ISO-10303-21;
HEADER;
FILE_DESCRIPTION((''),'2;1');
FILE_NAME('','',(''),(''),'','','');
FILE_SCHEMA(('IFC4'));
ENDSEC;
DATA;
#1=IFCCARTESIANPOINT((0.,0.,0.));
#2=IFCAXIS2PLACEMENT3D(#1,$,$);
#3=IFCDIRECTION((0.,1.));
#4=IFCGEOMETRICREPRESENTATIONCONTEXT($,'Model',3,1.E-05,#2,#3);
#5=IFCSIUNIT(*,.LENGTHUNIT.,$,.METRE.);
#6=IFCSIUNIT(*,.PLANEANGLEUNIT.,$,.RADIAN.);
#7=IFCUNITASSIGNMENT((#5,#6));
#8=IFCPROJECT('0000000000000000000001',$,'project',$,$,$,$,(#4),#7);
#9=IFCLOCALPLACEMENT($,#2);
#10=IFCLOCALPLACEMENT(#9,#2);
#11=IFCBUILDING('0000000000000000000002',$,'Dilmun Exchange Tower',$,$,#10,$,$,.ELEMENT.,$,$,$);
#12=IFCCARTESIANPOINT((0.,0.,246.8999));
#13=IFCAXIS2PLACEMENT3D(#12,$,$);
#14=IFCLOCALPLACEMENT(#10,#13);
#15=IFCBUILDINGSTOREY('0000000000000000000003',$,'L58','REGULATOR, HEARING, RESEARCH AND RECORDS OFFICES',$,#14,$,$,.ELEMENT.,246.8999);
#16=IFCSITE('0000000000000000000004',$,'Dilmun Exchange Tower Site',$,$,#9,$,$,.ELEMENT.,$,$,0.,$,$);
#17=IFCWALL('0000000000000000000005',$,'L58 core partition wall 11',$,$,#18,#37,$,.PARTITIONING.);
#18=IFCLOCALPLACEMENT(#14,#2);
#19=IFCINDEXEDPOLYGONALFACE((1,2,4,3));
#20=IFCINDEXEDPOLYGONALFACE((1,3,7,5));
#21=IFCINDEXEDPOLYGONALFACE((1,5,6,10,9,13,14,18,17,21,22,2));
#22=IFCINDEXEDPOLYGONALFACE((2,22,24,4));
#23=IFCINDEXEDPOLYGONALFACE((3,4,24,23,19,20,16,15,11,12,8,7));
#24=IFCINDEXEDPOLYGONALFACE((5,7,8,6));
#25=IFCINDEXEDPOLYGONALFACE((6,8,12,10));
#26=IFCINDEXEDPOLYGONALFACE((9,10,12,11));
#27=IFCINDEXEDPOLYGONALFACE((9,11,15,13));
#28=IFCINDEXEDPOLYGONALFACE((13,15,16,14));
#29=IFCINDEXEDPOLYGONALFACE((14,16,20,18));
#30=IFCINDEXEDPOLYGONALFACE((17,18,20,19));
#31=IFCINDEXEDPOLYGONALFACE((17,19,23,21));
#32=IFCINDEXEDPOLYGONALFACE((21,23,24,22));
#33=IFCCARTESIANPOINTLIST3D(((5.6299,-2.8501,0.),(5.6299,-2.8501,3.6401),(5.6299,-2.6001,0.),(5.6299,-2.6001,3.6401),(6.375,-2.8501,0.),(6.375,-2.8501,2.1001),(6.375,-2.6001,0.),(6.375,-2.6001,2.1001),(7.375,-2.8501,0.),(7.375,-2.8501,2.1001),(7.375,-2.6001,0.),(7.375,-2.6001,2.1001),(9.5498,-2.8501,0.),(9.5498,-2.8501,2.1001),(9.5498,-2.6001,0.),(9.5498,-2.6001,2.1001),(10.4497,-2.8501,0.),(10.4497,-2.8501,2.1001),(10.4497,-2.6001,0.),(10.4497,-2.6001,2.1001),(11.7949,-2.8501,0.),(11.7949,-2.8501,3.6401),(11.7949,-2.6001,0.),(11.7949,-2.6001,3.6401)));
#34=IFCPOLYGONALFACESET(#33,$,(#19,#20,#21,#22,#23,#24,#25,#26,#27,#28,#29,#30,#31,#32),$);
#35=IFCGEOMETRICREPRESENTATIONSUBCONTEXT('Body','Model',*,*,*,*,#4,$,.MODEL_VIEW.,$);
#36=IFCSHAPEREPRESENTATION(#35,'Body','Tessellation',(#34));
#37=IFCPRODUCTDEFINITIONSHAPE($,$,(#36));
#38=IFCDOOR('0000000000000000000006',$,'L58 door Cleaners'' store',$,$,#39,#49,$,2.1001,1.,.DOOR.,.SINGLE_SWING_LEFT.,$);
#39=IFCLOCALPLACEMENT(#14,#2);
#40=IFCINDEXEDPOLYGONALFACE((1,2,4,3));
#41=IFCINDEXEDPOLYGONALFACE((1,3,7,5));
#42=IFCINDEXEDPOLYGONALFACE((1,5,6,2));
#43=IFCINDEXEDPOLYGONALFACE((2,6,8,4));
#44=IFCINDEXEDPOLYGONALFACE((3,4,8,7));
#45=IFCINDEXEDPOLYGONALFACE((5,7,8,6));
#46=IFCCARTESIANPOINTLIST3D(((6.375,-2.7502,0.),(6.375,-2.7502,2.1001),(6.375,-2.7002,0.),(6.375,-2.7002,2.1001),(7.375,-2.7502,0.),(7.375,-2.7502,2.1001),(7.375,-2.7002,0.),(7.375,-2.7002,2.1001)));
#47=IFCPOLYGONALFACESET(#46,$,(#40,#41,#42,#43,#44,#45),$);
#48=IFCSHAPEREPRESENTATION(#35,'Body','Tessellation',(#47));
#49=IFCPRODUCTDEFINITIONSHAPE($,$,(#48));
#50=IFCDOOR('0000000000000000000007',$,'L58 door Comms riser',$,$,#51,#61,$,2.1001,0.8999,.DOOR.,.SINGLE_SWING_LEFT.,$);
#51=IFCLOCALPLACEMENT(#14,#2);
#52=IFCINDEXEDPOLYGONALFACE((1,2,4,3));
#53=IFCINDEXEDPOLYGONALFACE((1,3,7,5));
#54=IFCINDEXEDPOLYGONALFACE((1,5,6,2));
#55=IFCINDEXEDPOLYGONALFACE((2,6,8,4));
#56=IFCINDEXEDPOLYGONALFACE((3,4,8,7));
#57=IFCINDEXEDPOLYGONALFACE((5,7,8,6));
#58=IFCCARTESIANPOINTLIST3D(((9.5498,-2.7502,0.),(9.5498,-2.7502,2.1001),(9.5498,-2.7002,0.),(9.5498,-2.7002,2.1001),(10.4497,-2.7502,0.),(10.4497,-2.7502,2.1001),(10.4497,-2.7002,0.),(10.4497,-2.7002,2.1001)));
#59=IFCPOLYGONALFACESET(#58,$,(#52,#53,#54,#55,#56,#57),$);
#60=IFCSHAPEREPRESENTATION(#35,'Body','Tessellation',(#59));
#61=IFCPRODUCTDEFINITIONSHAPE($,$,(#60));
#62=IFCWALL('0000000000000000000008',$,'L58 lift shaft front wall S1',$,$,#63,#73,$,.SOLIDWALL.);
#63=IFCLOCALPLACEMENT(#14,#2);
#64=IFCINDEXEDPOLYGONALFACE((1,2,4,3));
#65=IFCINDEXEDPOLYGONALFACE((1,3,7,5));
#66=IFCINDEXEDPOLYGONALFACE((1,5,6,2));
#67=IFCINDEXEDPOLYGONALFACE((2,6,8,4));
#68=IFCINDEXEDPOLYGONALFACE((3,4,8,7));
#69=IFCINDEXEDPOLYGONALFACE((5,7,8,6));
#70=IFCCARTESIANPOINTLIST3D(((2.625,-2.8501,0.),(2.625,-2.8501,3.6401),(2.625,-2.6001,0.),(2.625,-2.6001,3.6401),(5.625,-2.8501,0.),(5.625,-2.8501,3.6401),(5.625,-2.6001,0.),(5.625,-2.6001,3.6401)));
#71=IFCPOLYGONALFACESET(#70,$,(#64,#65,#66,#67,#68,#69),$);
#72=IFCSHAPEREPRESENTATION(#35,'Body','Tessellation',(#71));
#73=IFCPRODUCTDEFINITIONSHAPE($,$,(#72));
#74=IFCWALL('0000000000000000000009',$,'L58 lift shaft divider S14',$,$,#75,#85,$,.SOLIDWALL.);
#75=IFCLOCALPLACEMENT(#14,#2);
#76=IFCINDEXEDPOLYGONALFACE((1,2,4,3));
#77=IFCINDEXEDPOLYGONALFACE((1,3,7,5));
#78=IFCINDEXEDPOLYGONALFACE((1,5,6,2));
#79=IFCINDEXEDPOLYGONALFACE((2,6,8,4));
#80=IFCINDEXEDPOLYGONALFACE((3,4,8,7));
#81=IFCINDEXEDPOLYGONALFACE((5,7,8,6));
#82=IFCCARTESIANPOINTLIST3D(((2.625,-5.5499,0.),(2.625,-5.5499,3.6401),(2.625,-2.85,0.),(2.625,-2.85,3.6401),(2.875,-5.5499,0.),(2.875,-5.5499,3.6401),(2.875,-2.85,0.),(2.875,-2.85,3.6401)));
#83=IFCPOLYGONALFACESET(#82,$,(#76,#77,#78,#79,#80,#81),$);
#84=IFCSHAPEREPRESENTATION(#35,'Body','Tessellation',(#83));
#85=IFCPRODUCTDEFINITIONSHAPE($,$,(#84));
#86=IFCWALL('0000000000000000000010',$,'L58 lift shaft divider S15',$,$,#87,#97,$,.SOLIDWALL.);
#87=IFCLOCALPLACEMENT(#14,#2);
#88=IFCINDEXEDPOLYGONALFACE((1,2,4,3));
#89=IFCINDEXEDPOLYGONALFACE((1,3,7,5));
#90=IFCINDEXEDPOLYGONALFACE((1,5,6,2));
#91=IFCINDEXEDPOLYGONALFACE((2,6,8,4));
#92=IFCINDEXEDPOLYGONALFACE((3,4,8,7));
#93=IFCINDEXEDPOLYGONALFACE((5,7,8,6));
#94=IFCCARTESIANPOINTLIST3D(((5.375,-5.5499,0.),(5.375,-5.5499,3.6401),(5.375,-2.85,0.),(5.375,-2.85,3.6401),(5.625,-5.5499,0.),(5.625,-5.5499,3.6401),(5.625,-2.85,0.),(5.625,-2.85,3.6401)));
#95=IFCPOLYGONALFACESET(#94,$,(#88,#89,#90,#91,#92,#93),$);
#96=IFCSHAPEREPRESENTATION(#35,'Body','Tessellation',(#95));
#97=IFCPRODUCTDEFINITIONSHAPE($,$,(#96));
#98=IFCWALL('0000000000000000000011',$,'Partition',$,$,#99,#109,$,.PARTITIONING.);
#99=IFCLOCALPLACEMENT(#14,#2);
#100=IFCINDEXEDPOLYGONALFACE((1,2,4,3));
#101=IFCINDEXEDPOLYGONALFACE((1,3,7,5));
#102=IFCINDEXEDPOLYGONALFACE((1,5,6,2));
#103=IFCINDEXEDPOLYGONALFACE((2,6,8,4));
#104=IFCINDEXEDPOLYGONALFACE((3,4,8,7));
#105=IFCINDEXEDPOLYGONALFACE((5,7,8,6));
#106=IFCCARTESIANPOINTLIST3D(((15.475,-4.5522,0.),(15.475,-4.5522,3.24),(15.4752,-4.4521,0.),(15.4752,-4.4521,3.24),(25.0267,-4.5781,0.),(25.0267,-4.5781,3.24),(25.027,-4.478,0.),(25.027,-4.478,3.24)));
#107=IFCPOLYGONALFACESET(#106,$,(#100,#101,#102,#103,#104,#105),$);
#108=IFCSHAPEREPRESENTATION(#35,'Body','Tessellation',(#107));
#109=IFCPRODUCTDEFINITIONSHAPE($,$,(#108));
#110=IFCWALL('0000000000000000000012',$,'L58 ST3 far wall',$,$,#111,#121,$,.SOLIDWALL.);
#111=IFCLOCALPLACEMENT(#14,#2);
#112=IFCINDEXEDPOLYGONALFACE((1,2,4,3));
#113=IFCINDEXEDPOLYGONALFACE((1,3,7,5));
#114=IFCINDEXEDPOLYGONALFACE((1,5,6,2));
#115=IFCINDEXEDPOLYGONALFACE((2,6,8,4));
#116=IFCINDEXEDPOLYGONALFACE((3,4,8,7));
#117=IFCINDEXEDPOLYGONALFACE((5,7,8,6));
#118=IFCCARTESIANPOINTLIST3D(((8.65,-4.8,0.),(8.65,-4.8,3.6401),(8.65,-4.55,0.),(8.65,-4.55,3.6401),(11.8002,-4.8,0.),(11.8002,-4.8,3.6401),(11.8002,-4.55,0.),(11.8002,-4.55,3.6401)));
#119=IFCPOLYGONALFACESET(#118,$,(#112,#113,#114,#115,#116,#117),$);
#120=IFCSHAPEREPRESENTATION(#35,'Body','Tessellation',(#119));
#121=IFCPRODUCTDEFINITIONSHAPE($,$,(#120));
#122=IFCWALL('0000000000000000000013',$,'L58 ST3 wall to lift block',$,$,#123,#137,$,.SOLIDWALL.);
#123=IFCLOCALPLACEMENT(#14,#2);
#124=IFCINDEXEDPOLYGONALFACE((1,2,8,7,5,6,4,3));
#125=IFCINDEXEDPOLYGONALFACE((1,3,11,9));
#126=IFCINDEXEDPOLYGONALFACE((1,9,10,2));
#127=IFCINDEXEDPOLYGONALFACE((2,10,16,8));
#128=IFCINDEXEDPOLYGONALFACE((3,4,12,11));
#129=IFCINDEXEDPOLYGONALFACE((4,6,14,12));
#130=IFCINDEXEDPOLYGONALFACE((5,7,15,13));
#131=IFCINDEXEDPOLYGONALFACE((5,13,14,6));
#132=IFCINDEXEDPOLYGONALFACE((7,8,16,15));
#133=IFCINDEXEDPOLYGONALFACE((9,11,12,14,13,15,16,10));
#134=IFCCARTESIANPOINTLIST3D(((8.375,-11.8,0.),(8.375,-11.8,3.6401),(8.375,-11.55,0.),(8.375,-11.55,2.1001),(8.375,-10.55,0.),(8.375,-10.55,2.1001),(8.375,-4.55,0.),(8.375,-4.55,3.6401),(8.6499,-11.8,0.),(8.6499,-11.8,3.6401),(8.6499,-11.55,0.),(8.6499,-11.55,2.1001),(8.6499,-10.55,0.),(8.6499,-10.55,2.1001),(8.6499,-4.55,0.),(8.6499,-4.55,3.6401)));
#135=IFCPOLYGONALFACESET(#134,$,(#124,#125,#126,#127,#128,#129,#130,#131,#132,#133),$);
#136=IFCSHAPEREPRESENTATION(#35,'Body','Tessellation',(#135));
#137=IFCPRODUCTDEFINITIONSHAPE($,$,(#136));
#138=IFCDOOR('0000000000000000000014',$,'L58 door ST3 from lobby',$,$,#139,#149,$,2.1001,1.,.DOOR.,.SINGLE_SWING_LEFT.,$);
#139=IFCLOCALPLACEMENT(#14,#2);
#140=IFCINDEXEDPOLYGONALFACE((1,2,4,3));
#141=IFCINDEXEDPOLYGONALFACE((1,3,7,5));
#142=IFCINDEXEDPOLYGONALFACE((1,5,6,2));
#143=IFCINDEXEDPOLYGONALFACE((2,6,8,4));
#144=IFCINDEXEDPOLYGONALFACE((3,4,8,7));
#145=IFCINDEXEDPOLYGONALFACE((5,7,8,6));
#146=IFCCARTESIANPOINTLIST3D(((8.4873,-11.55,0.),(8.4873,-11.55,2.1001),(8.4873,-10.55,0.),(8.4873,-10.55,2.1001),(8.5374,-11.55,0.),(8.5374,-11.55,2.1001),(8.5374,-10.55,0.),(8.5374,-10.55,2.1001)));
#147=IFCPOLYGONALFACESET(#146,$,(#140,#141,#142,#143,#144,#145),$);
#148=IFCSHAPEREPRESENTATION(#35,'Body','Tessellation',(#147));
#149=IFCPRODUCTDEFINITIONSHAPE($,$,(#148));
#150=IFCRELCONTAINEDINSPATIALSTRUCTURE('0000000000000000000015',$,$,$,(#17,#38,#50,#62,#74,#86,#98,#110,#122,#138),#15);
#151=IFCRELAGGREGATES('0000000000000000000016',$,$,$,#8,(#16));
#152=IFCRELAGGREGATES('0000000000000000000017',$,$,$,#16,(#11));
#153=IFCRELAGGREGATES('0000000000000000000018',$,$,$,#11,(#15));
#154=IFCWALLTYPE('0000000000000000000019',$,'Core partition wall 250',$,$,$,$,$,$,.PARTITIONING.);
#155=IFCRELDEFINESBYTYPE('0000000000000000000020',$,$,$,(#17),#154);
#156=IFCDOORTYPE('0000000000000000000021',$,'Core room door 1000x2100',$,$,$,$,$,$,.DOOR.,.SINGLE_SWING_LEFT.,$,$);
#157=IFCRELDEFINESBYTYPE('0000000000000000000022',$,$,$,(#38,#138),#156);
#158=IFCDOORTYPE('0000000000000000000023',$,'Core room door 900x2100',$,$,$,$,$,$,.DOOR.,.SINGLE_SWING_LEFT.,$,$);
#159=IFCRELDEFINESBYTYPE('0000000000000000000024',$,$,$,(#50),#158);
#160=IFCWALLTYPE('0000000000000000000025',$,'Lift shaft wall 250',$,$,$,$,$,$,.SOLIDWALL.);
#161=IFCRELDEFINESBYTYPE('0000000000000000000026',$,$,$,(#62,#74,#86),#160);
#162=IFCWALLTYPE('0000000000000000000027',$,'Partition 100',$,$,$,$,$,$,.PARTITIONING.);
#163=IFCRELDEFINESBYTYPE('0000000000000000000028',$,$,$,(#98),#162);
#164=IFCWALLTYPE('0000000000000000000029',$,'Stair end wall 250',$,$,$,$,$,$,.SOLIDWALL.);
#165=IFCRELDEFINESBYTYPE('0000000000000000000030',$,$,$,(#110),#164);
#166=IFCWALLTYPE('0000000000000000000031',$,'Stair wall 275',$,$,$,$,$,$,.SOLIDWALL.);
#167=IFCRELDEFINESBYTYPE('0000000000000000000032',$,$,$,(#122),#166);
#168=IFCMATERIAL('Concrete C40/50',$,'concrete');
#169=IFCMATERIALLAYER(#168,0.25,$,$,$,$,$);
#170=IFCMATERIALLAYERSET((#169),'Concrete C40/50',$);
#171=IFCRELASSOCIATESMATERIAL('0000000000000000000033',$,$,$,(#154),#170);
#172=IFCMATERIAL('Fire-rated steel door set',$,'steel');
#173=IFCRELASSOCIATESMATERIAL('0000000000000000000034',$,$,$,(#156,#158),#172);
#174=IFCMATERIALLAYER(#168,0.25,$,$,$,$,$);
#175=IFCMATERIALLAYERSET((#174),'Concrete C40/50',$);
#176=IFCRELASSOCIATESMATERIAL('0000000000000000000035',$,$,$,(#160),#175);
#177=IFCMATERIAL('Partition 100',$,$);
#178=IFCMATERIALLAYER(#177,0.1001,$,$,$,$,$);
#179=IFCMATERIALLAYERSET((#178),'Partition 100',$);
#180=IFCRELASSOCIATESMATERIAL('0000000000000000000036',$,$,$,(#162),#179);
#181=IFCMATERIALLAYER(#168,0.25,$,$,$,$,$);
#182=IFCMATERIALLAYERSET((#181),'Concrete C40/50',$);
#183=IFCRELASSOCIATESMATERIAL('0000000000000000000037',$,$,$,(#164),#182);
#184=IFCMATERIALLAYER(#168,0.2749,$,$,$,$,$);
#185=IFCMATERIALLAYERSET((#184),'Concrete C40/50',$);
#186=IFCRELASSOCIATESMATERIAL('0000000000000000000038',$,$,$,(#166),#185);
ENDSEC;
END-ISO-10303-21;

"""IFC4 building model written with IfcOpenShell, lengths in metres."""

from ifc_helpers import new_model, si_unit, direction, frame, frame_2d, origin, place, context, subcontext, project, spatial, rectangle, extrude, material, layer, layer_set, type_object, element, fill, save


model = new_model("IFC4")

# Units and contexts
model_context = context("Model", 3, precision=1e-05, world=origin(), true_north=direction((0.0, 1.0)))
body_context = subcontext(model_context, "Body", "Model", "MODEL_VIEW")
ifc_project = project(units=[si_unit("LENGTHUNIT", "METRE"), si_unit("PLANEANGLEUNIT", "RADIAN")], contexts=[model_context])

# Site, building, storey
site_placement = place(None, origin())
site = spatial("IfcSite", under=ifc_project, at=site_placement, Name="Dilmun Exchange Tower Site", CompositionType="ELEMENT", RefElevation=0.0)
building_placement = place(site_placement, origin())
building = spatial("IfcBuilding", under=site, at=building_placement, Name="Dilmun Exchange Tower", CompositionType="ELEMENT")
storey_placement = place(building_placement, frame((0.0, 0.0, 246.8999)))
storey = spatial("IfcBuildingStorey", under=building, at=storey_placement, Name="L58", Description="REGULATOR, HEARING, RESEARCH AND RECORDS OFFICES", CompositionType="ELEMENT", Elevation=246.8999)

# Shared definitions
ifc_material_1 = material(Name="Concrete C40/50", Category="concrete")

# Shared definitions
ifc_material_2 = material(Name="Fire-rated steel door set", Category="steel")

# Shared definitions
ifc_layer_1 = layer(ifc_material_1, 0.25)
ifc_layer_set_1 = layer_set([ifc_layer_1], Name="Concrete C40/50")
wall_type_1 = type_object("IfcWallType", Name="Core partition wall 250", PredefinedType="PARTITIONING", material=ifc_layer_set_1)

# Wall, openings, doors
wall_1_placement = place(storey_placement, frame((5.6299, -2.7251, 0.0), z_axis=(0.0, 0.0, 1.0), x_axis=(1.0, 0.0, 0.0)))
wall_1 = element("IfcWall", 1, at=wall_1_placement, inside=storey, type_object=wall_type_1, Name="L58 core partition wall 11", PredefinedType="PARTITIONING", context=body_context, shape_type="SweptSolid", body=[
    extrude(rectangle(XDim=6.165, YDim=0.25, at=frame_2d((3.0825, 0.0))), origin(), (0.0, 0.0, 1.0), 3.6401),
])
opening_1_placement = place(wall_1_placement, frame((0.7451, 0.0, 0.0)))
opening_1 = element("IfcOpeningElement", 2, at=opening_1_placement, cuts=wall_1, PredefinedType="OPENING", context=body_context, shape_type="SweptSolid", body=[
    extrude(rectangle(XDim=1.0, YDim=2.1001, at=frame_2d((0.5, 1.05))), frame((0.0, 0.135, 0.0), z_axis=(0.0, -1.0, 0.0), x_axis=(1.0, 0.0, 0.0)), (0.0, 0.0, 1.0), 0.27),
])
opening_2_placement = place(wall_1_placement, frame((3.9199, 0.0, 0.0)))
opening_2 = element("IfcOpeningElement", 3, at=opening_2_placement, cuts=wall_1, PredefinedType="OPENING", context=body_context, shape_type="SweptSolid", body=[
    extrude(rectangle(XDim=0.8999, YDim=2.1001, at=frame_2d((0.45, 1.05))), frame((0.0, 0.135, 0.0), z_axis=(0.0, -1.0, 0.0), x_axis=(1.0, 0.0, 0.0)), (0.0, 0.0, 1.0), 0.27),
])
door_type_1 = type_object("IfcDoorType", Name="Core room door 1000x2100", OperationType="SINGLE_SWING_LEFT", PredefinedType="DOOR", material=ifc_material_2)
door_1_placement = place(opening_1_placement, origin())
door_1 = element("IfcDoor", 4, at=door_1_placement, inside=storey, type_object=door_type_1, Name="L58 door Cleaners' store", OperationType="SINGLE_SWING_LEFT", OverallHeight=2.1001, OverallWidth=1.0, PredefinedType="DOOR", context=body_context, shape_type="SweptSolid", body=[
    extrude(rectangle(XDim=1.0, YDim=2.1001, at=frame_2d((0.5, 1.05))), frame((0.0, 0.0249, 0.0), z_axis=(0.0, -1.0, 0.0), x_axis=(1.0, 0.0, 0.0)), (0.0, 0.0, 1.0), 0.05),
])
fill(opening_1, door_1)
door_type_2 = type_object("IfcDoorType", Name="Core room door 900x2100", OperationType="SINGLE_SWING_LEFT", PredefinedType="DOOR", material=ifc_material_2)
door_2_placement = place(opening_2_placement, origin())
door_2 = element("IfcDoor", 5, at=door_2_placement, inside=storey, type_object=door_type_2, Name="L58 door Comms riser", OperationType="SINGLE_SWING_LEFT", OverallHeight=2.1001, OverallWidth=0.8999, PredefinedType="DOOR", context=body_context, shape_type="SweptSolid", body=[
    extrude(rectangle(XDim=0.8999, YDim=2.1001, at=frame_2d((0.45, 1.05))), frame((0.0, 0.0249, 0.0), z_axis=(0.0, -1.0, 0.0), x_axis=(1.0, 0.0, 0.0)), (0.0, 0.0, 1.0), 0.05),
])
fill(opening_2, door_2)

# Walls
ifc_layer_2 = layer(ifc_material_1, 0.25)
ifc_layer_set_2 = layer_set([ifc_layer_2], Name="Concrete C40/50")
wall_type_2 = type_object("IfcWallType", Name="Lift shaft wall 250", PredefinedType="SOLIDWALL", material=ifc_layer_set_2)
wall_2_placement = place(storey_placement, frame((2.625, -2.7251, 0.0), z_axis=(0.0, 0.0, 1.0), x_axis=(1.0, 0.0, 0.0)))
element("IfcWall", 6, at=wall_2_placement, inside=storey, type_object=wall_type_2, Name="L58 lift shaft front wall S1", PredefinedType="SOLIDWALL", context=body_context, shape_type="SweptSolid", body=[
    extrude(rectangle(XDim=3.0, YDim=0.25, at=frame_2d((1.5, 0.0))), origin(), (0.0, 0.0, 1.0), 3.6401),
])
for number, where, z_axis, x_axis, name in (
    (7, (2.75, -5.55, 0.0), (0.0, 0.0, 1.0), (0.0, 1.0, 0.0), "L58 lift shaft divider S14"),
    (8, (5.5, -5.55, 0.0), (0.0, 0.0, 1.0), (0.0, 1.0, 0.0), "L58 lift shaft divider S15"),
):
    element("IfcWall", number, at=place(storey_placement, frame(where, z_axis=z_axis, x_axis=x_axis)), inside=storey, type_object=wall_type_2, Name=name, PredefinedType="SOLIDWALL", context=body_context, shape_type="SweptSolid", body=[
        extrude(rectangle(XDim=2.7, YDim=0.25, at=frame_2d((1.3501, 0.0))), origin(), (0.0, 0.0, 1.0), 3.6401),
    ])
ifc_material_3 = material(Name="Partition 100")
ifc_layer_3 = layer(ifc_material_3, 0.1001)
ifc_layer_set_3 = layer_set([ifc_layer_3], Name="Partition 100")
wall_type_3 = type_object("IfcWallType", Name="Partition 100", PredefinedType="PARTITIONING", material=ifc_layer_set_3)
wall_3_placement = place(storey_placement, frame((15.4751, -4.5022, 0.0), z_axis=(0.0, 0.0, 1.0), x_axis=(0.999996, -0.002709, 0.0)))
element("IfcWall", 9, at=wall_3_placement, inside=storey, type_object=wall_type_3, Name="Partition", PredefinedType="PARTITIONING", context=body_context, shape_type="SweptSolid", body=[
    extrude(rectangle(XDim=9.5518, YDim=0.1001, at=frame_2d((4.7759, 0.0))), origin(), (0.0, 0.0, 1.0), 3.24),
])
ifc_layer_4 = layer(ifc_material_1, 0.25)
ifc_layer_set_4 = layer_set([ifc_layer_4], Name="Concrete C40/50")
wall_type_4 = type_object("IfcWallType", Name="Stair end wall 250", PredefinedType="SOLIDWALL", material=ifc_layer_set_4)
wall_4_placement = place(storey_placement, frame((8.6499, -4.675, 0.0), z_axis=(0.0, 0.0, 1.0), x_axis=(1.0, 0.0, 0.0)))
element("IfcWall", 10, at=wall_4_placement, inside=storey, type_object=wall_type_4, Name="L58 ST3 far wall", PredefinedType="SOLIDWALL", context=body_context, shape_type="SweptSolid", body=[
    extrude(rectangle(XDim=3.1501, YDim=0.25, at=frame_2d((1.5752, 0.0))), origin(), (0.0, 0.0, 1.0), 3.6401),
])

# Wall, opening, door
ifc_layer_5 = layer(ifc_material_1, 0.2749)
ifc_layer_set_5 = layer_set([ifc_layer_5], Name="Concrete C40/50")
wall_type_5 = type_object("IfcWallType", Name="Stair wall 275", PredefinedType="SOLIDWALL", material=ifc_layer_set_5)
wall_5_placement = place(storey_placement, frame((8.5125, -4.55, 0.0), z_axis=(0.0, 0.0, 1.0), x_axis=(0.0, -1.0, 0.0)))
wall_5 = element("IfcWall", 11, at=wall_5_placement, inside=storey, type_object=wall_type_5, Name="L58 ST3 wall to lift block", PredefinedType="SOLIDWALL", context=body_context, shape_type="SweptSolid", body=[
    extrude(rectangle(XDim=7.25, YDim=0.2749, at=frame_2d((3.625, 0.0))), origin(), (0.0, 0.0, 1.0), 3.6401),
])
opening_3_placement = place(wall_5_placement, frame((6.0, 0.0, 0.0)))
opening_3 = element("IfcOpeningElement", 12, at=opening_3_placement, cuts=wall_5, PredefinedType="OPENING", context=body_context, shape_type="SweptSolid", body=[
    extrude(rectangle(XDim=1.0, YDim=2.1001, at=frame_2d((0.5, 1.05))), frame((0.0, 0.1475, 0.0), z_axis=(0.0, -1.0, 0.0), x_axis=(1.0, 0.0, 0.0)), (0.0, 0.0, 1.0), 0.2949),
])
door_3_placement = place(opening_3_placement, origin())
door_3 = element("IfcDoor", 13, at=door_3_placement, inside=storey, type_object=door_type_1, Name="L58 door ST3 from lobby", OperationType="SINGLE_SWING_LEFT", OverallHeight=2.1001, OverallWidth=1.0, PredefinedType="DOOR", context=body_context, shape_type="SweptSolid", body=[
    extrude(rectangle(XDim=1.0, YDim=2.1001, at=frame_2d((0.5, 1.05))), frame((0.0, 0.0249, 0.0), z_axis=(0.0, -1.0, 0.0), x_axis=(1.0, 0.0, 0.0)), (0.0, 0.0, 1.0), 0.05),
])
fill(opening_3, door_3)

save(model, "model.ifc")
